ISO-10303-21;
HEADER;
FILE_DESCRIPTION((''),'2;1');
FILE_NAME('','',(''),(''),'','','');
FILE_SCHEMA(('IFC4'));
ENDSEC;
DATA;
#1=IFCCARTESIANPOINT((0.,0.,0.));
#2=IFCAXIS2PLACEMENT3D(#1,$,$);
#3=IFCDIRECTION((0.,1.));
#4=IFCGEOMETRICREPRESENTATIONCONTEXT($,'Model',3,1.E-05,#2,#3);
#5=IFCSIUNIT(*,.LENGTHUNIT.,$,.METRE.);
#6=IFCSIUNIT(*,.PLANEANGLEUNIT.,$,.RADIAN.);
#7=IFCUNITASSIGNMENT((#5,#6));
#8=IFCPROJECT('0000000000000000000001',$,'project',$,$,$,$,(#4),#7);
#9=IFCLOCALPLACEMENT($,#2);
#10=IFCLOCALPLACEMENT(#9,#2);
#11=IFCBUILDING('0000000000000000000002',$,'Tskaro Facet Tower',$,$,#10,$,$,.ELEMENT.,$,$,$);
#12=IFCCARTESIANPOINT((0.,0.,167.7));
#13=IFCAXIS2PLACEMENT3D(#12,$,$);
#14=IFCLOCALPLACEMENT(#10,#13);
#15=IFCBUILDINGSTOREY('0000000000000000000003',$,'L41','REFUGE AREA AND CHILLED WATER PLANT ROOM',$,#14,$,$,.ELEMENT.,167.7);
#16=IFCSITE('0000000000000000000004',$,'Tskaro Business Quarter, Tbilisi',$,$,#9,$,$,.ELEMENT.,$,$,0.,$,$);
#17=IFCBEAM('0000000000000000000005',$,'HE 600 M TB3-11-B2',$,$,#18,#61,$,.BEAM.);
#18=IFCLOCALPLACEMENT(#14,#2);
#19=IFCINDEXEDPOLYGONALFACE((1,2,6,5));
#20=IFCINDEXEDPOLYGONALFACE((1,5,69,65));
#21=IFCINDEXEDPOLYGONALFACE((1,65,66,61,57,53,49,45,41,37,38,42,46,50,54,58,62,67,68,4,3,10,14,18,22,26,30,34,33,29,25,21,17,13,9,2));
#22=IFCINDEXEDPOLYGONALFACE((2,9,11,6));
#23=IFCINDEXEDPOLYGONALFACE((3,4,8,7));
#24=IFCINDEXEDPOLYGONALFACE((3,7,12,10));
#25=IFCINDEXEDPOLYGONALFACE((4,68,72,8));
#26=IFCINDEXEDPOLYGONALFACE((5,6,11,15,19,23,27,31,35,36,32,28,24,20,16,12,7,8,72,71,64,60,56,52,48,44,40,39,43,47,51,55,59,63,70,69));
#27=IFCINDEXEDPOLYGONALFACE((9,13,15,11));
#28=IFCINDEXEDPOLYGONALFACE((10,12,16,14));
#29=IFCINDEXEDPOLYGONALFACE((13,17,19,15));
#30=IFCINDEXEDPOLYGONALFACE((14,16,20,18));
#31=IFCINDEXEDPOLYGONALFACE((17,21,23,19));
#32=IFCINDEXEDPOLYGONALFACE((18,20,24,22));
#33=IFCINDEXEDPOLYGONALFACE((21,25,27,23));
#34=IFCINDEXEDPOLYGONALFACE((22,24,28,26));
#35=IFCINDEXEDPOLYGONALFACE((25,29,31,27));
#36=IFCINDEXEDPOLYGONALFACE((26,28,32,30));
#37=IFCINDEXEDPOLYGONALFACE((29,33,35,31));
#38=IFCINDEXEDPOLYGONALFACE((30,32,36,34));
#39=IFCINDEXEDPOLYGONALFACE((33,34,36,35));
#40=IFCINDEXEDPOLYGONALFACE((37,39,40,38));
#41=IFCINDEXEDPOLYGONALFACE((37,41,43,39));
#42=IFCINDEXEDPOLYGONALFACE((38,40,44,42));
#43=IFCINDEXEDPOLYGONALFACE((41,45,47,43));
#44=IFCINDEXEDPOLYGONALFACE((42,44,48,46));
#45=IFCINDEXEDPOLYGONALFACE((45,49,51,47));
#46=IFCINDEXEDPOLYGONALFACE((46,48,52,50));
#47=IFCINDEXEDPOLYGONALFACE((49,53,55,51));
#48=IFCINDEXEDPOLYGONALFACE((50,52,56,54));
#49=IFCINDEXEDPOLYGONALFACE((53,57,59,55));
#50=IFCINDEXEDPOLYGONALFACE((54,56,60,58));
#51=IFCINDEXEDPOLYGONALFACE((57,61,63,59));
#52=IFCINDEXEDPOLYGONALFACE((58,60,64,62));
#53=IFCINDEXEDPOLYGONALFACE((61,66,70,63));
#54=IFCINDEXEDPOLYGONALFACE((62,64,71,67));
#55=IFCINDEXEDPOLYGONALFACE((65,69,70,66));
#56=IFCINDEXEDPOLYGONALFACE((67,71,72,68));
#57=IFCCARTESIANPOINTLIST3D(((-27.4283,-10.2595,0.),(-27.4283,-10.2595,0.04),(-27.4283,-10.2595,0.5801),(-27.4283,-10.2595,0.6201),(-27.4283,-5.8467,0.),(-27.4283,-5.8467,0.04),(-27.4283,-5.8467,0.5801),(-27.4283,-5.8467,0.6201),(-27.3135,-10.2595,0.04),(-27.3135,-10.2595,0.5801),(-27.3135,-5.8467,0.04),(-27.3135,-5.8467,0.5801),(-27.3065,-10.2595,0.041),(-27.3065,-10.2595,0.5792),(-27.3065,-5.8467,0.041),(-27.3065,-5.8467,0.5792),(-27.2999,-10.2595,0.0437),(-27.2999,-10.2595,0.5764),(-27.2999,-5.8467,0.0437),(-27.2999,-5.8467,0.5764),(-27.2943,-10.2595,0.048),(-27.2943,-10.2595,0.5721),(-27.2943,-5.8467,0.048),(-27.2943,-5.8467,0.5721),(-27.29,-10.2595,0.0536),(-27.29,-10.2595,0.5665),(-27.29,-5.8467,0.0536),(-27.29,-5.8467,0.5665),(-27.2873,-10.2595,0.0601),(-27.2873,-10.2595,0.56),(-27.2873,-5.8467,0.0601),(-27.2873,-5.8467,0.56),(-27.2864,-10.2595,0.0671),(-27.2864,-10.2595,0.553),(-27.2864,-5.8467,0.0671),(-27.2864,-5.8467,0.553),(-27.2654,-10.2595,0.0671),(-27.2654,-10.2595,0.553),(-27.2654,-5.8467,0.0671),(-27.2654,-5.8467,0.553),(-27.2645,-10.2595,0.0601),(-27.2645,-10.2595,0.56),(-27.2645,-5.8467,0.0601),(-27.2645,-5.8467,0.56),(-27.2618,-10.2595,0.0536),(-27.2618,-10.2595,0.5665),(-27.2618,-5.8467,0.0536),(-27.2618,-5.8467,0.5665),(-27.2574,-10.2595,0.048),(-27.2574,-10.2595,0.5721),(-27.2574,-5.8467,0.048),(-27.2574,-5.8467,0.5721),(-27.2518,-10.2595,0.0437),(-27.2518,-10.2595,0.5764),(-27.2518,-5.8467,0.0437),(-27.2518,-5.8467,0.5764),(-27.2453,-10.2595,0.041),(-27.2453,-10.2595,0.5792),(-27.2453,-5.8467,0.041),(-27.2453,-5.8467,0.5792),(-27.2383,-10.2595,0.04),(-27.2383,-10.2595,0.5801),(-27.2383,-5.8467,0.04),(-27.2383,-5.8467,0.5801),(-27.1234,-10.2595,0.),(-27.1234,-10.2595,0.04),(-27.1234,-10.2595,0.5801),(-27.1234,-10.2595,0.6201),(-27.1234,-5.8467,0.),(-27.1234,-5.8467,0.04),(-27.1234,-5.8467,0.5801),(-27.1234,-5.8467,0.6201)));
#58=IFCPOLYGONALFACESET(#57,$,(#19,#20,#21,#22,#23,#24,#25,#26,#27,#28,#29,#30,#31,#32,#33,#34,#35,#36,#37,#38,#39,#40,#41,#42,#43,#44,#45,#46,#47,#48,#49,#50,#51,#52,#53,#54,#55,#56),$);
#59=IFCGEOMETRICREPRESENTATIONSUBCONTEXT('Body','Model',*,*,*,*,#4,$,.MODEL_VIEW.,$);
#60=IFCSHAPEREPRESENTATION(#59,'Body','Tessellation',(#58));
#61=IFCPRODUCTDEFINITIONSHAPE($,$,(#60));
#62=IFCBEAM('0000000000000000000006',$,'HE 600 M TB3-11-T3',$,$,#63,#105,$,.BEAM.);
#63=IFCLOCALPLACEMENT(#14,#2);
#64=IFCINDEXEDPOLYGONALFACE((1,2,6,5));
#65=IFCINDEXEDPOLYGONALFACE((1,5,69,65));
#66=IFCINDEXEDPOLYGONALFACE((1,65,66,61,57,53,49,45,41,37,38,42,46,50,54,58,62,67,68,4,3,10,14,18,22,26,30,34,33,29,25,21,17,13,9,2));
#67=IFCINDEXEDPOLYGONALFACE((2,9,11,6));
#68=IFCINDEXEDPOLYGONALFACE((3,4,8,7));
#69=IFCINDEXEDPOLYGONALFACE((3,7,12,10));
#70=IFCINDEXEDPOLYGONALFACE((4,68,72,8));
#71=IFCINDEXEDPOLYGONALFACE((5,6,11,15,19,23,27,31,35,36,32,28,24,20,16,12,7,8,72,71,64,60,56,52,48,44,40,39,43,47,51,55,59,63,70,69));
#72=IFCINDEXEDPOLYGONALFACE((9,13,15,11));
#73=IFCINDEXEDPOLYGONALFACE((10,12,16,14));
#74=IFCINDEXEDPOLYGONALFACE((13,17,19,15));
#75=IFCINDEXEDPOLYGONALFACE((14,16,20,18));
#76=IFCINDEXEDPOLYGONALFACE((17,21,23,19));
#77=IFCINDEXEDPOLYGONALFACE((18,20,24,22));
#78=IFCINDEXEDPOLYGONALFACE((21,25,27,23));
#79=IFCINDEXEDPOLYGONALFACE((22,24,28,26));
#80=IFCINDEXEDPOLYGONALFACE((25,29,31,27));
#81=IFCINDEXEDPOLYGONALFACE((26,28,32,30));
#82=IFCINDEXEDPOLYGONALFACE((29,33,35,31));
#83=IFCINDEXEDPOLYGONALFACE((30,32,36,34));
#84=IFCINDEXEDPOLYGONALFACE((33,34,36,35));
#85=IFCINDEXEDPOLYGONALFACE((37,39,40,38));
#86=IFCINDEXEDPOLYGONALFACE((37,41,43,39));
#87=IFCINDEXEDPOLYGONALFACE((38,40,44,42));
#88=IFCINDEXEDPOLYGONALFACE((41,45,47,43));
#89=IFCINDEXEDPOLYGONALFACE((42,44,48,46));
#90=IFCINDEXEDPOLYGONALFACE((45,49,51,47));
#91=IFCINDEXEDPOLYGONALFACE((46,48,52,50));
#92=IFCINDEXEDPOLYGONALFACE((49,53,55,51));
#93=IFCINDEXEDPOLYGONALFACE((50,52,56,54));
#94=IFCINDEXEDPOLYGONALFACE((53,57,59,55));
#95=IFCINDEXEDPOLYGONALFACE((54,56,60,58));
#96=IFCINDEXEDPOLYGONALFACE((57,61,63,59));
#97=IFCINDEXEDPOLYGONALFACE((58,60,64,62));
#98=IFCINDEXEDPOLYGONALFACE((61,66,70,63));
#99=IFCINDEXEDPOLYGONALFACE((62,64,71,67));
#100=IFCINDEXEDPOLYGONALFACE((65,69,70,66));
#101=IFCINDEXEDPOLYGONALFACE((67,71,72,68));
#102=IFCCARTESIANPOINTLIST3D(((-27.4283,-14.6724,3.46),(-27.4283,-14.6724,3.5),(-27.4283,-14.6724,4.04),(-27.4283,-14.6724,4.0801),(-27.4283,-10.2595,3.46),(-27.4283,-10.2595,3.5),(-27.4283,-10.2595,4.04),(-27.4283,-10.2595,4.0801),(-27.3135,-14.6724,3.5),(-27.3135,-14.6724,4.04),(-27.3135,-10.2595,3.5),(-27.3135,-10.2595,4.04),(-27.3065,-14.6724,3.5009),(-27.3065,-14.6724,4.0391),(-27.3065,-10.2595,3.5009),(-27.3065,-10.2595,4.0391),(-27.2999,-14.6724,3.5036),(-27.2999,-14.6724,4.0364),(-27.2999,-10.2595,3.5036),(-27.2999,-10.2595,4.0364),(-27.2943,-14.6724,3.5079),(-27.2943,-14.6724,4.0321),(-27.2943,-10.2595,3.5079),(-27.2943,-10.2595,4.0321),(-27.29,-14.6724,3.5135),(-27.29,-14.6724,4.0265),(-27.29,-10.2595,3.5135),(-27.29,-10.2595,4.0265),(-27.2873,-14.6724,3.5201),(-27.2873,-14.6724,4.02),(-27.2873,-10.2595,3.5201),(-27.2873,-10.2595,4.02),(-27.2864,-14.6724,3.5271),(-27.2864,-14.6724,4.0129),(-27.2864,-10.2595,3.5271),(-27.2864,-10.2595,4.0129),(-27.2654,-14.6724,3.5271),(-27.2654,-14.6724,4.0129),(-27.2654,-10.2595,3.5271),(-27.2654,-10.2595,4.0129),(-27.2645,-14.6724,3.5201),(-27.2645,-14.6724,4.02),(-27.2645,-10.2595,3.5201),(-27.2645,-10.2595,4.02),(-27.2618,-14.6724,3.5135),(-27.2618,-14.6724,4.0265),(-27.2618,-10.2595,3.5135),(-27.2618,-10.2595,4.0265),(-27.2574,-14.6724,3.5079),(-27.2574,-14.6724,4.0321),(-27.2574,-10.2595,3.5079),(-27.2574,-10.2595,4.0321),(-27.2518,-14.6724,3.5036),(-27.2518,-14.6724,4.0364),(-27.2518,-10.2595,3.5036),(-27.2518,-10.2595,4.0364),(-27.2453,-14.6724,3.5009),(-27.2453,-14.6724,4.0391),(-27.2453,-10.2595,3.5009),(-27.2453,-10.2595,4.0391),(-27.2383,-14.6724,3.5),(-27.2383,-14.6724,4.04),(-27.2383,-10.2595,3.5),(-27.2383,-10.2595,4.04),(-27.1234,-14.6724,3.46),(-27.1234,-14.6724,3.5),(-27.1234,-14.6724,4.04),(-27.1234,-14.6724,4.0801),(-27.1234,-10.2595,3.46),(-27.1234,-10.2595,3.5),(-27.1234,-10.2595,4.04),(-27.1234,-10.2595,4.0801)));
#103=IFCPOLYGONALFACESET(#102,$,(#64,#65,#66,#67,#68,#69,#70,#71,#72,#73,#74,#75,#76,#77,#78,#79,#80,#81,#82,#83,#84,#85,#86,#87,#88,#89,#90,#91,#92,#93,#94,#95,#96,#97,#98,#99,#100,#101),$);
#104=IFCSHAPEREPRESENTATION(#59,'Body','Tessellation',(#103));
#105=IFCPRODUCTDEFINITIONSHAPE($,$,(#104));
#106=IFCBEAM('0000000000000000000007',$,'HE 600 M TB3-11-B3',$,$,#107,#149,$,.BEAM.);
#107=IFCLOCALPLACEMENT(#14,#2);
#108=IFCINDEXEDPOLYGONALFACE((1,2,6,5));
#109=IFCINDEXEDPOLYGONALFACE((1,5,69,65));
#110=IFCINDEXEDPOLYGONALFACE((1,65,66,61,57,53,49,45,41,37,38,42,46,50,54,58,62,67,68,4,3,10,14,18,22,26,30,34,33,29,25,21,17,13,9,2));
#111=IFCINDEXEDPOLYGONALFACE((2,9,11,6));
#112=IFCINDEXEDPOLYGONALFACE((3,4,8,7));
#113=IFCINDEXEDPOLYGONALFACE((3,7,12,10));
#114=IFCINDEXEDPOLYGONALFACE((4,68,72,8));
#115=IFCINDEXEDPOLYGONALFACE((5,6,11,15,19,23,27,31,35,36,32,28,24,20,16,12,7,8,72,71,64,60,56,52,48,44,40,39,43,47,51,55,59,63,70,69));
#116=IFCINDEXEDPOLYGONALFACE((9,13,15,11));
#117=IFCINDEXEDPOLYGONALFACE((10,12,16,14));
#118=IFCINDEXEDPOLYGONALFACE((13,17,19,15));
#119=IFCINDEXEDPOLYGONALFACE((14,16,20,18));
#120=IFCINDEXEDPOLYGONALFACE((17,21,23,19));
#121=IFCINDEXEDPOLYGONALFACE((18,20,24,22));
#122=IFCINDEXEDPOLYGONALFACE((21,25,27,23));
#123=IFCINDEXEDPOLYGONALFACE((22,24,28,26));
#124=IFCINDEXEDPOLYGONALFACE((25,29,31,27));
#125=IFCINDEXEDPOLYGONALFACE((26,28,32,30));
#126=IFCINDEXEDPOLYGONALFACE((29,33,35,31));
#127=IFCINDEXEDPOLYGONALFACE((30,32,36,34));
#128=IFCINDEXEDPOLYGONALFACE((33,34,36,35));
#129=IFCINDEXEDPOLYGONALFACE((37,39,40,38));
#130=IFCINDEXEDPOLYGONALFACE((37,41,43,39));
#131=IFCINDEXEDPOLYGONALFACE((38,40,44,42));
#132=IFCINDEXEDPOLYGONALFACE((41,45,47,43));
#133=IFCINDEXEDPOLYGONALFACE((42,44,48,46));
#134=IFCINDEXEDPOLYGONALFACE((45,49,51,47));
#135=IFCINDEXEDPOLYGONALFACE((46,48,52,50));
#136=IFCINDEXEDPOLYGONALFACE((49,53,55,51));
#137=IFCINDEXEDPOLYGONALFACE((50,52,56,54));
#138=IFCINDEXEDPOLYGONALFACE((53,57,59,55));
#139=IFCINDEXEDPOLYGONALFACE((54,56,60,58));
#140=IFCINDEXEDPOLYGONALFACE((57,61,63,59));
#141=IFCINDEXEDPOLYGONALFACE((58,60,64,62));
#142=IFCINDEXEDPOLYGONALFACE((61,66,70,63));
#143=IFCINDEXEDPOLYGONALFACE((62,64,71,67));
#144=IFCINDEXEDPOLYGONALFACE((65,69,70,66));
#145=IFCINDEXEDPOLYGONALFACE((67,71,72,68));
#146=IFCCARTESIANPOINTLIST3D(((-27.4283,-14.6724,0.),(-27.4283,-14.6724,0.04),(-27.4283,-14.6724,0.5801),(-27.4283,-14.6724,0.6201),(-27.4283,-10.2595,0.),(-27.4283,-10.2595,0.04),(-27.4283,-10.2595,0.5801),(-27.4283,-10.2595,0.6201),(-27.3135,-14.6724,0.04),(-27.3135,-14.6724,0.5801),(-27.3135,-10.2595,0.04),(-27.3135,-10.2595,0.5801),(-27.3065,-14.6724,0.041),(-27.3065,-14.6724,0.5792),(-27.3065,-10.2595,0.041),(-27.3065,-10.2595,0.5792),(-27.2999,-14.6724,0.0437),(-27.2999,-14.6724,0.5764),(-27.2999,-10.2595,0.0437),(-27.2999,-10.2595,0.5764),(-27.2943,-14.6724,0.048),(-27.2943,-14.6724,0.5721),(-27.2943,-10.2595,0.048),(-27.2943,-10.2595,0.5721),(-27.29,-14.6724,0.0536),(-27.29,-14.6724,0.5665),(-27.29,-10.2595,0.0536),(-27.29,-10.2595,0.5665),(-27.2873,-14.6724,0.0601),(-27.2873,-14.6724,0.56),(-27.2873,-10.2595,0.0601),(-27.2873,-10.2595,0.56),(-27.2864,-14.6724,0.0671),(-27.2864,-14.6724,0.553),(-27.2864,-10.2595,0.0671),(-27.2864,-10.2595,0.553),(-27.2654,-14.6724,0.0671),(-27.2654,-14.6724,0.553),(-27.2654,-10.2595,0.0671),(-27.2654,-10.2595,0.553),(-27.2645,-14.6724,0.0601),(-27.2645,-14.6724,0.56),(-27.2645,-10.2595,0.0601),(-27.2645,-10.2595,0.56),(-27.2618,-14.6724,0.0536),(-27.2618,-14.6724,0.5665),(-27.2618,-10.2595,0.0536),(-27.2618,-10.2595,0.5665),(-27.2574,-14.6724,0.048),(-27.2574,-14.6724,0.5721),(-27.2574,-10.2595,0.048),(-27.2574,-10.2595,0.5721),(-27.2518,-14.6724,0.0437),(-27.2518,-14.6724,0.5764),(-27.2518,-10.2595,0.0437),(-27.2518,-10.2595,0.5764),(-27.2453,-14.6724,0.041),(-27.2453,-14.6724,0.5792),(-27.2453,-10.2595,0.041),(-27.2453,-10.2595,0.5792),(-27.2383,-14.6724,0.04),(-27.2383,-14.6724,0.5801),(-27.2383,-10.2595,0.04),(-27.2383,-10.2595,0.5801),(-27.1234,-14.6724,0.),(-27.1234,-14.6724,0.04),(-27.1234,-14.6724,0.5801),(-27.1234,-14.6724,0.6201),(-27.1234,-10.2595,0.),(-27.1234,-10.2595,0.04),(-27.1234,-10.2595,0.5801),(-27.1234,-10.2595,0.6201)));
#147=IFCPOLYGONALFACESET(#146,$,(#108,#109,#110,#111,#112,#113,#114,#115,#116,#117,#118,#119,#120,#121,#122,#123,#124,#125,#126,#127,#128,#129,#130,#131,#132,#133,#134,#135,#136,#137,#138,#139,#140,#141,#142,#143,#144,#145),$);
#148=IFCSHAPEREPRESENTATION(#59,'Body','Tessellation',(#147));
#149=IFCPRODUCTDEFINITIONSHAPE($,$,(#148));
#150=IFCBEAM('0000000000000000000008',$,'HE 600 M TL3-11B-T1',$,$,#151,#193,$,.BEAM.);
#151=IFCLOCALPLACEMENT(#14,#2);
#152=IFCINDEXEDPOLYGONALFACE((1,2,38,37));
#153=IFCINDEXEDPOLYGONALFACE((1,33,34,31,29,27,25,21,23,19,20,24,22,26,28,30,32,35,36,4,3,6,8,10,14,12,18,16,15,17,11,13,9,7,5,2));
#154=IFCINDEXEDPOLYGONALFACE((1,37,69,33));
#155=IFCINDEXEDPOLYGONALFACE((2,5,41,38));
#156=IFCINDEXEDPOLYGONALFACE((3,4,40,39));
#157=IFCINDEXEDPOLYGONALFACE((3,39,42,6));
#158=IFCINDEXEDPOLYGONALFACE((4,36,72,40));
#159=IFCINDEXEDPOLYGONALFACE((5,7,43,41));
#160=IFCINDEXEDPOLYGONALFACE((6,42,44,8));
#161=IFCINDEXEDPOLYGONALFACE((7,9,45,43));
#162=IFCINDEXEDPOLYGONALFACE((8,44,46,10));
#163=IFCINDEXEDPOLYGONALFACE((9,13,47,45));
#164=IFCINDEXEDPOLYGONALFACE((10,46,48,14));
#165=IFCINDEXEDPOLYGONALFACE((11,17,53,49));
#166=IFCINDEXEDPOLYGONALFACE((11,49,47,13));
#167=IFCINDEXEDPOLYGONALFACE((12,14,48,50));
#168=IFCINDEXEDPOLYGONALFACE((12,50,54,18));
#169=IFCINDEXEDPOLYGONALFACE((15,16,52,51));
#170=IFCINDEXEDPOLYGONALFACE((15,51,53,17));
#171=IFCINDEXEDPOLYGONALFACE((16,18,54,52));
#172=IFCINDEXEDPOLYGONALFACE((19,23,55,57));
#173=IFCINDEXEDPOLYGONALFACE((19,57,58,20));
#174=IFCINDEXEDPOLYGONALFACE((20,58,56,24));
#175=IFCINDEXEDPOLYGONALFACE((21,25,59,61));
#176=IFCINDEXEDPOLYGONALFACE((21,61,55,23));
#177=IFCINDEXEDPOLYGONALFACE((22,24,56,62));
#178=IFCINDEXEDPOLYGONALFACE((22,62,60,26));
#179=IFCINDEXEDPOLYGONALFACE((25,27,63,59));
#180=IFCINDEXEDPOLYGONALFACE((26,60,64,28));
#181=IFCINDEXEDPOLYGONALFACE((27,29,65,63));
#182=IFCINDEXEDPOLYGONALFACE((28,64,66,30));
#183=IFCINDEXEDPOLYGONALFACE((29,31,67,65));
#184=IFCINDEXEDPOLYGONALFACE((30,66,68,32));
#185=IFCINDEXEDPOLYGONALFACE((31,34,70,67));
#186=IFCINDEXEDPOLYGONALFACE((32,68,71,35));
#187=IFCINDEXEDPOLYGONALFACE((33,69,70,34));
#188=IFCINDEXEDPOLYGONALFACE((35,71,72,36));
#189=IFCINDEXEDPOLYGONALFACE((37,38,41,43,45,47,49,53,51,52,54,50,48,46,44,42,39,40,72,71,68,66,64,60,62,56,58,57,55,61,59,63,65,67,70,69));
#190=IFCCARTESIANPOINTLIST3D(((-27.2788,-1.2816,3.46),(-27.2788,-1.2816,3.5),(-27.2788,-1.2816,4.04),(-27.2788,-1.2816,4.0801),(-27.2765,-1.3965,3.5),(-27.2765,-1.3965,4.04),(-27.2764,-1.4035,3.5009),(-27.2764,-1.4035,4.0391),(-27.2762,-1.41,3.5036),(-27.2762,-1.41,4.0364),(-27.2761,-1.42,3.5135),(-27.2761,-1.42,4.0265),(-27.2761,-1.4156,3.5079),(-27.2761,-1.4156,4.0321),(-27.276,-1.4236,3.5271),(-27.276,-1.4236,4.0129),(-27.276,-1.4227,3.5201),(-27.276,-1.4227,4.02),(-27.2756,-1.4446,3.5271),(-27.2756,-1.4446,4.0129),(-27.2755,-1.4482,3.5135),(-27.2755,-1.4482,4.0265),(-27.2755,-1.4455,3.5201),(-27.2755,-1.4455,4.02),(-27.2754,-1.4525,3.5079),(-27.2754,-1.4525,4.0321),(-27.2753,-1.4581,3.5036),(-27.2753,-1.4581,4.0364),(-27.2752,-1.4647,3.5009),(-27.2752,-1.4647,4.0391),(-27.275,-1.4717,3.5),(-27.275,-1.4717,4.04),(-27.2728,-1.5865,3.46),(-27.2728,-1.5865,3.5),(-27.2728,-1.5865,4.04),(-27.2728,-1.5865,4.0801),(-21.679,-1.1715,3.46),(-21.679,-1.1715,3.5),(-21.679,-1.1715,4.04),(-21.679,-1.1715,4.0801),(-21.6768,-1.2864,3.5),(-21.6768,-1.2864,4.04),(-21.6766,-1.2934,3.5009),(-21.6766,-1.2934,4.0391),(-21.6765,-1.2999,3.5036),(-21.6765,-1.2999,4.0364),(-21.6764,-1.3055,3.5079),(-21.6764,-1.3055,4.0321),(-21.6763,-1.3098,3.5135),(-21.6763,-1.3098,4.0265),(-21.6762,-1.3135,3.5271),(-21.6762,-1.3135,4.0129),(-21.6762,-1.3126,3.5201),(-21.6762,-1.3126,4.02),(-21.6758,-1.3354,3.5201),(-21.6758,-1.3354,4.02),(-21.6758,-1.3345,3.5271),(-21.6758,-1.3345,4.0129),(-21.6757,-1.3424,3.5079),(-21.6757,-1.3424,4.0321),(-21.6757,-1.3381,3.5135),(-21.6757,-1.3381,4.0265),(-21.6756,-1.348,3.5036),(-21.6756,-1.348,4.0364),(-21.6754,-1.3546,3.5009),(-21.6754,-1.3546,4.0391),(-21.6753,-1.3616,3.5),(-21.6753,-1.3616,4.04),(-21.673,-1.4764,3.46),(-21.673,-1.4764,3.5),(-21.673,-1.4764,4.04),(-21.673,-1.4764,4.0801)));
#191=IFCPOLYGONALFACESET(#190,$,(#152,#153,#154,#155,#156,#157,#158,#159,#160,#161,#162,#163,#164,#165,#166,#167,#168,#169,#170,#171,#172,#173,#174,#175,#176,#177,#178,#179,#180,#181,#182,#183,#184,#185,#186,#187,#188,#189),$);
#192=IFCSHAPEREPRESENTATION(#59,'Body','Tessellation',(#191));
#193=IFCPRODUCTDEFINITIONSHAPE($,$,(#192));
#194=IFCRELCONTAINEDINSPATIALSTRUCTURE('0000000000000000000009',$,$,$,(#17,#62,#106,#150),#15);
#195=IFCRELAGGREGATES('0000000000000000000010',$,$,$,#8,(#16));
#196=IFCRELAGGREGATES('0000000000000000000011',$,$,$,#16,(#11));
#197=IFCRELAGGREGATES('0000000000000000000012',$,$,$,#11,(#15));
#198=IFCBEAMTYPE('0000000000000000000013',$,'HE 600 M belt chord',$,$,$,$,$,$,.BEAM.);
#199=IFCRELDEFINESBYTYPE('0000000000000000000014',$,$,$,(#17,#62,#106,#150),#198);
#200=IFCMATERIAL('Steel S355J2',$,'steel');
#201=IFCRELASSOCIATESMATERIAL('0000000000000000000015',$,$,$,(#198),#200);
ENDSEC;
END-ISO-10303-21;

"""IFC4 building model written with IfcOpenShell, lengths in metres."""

from ifc_helpers import new_model, si_unit, direction, frame, origin, origin_2d, place, context, subcontext, project, spatial, i_section, extrude, material, material_profile, profile_set, type_object, element, save


model = new_model("IFC4")

# Units and contexts
model_context = context("Model", 3, precision=1e-05, world=origin(), true_north=direction((0.0, 1.0)))
body_context = subcontext(model_context, "Body", "Model", "MODEL_VIEW")
ifc_project = project(units=[si_unit("LENGTHUNIT", "METRE"), si_unit("PLANEANGLEUNIT", "RADIAN")], contexts=[model_context])

# Site, building, storey
site_placement = place(None, origin())
site = spatial("IfcSite", under=ifc_project, at=site_placement, Name="Tskaro Business Quarter, Tbilisi", CompositionType="ELEMENT", RefElevation=0.0)
building_placement = place(site_placement, origin())
building = spatial("IfcBuilding", under=site, at=building_placement, Name="Tskaro Facet Tower", CompositionType="ELEMENT")
storey_placement = place(building_placement, frame((0.0, 0.0, 167.7)))
storey = spatial("IfcBuildingStorey", under=building, at=storey_placement, Name="L41", Description="REFUGE AREA AND CHILLED WATER PLANT ROOM", CompositionType="ELEMENT", Elevation=167.7)

# Shared definitions
ifc_material_1 = material(Name="Steel S355J2", Category="steel")

# Beams
ifc_material_profile_1 = material_profile(ifc_material_1, i_section(OverallWidth=0.3049, OverallDepth=0.6201, WebThickness=0.021, FlangeThickness=0.04, FilletRadius=0.0271, at=origin_2d()), Name="HE 600 M")
ifc_profile_set_1 = profile_set([ifc_material_profile_1], Name="Steel S355J2")
beam_type_1 = type_object("IfcBeamType", Name="HE 600 M belt chord", PredefinedType="BEAM", material=ifc_profile_set_1)
for number, where, z_axis, x_axis, name in (
    (1, (-27.2759, -5.8467, 0.3101), (0.0, -1.0, 0.0), (1.0, 0.0, 0.0), "HE 600 M TB3-11-B2"),
    (2, (-27.2759, -10.2595, 3.77), (0.0, -1.0, 0.0), (1.0, 0.0, 0.0), "HE 600 M TB3-11-T3"),
    (3, (-27.2759, -10.2595, 0.3101), (0.0, -1.0, 0.0), (1.0, 0.0, 0.0), "HE 600 M TB3-11-B3"),
):
    element("IfcBeam", number, at=place(storey_placement, frame(where, z_axis=z_axis, x_axis=x_axis)), inside=storey, type_object=beam_type_1, Name=name, PredefinedType="BEAM", context=body_context, shape_type="SweptSolid", body=[
        extrude(i_section(OverallWidth=0.3049, OverallDepth=0.6201, WebThickness=0.021, FlangeThickness=0.04, FilletRadius=0.0271, at=origin_2d()), origin(), (0.0, 0.0, 1.0), 4.4128),
    ])
for number, where, z_axis, x_axis, name in (
    (4, (-21.676, -1.324, 3.77), (-0.999807, -0.019659, 0.0), (0.019659, -0.999807, 0.0), "HE 600 M TL3-11B-T1"),
):
    element("IfcBeam", number, at=place(storey_placement, frame(where, z_axis=z_axis, x_axis=x_axis)), inside=storey, type_object=beam_type_1, Name=name, PredefinedType="BEAM", context=body_context, shape_type="SweptSolid", body=[
        extrude(i_section(OverallWidth=0.3049, OverallDepth=0.6201, WebThickness=0.021, FlangeThickness=0.04, FilletRadius=0.0271, at=origin_2d()), origin(), (0.0, 0.0, 1.0), 5.6008),
    ])

save(model, "model.ifc")
